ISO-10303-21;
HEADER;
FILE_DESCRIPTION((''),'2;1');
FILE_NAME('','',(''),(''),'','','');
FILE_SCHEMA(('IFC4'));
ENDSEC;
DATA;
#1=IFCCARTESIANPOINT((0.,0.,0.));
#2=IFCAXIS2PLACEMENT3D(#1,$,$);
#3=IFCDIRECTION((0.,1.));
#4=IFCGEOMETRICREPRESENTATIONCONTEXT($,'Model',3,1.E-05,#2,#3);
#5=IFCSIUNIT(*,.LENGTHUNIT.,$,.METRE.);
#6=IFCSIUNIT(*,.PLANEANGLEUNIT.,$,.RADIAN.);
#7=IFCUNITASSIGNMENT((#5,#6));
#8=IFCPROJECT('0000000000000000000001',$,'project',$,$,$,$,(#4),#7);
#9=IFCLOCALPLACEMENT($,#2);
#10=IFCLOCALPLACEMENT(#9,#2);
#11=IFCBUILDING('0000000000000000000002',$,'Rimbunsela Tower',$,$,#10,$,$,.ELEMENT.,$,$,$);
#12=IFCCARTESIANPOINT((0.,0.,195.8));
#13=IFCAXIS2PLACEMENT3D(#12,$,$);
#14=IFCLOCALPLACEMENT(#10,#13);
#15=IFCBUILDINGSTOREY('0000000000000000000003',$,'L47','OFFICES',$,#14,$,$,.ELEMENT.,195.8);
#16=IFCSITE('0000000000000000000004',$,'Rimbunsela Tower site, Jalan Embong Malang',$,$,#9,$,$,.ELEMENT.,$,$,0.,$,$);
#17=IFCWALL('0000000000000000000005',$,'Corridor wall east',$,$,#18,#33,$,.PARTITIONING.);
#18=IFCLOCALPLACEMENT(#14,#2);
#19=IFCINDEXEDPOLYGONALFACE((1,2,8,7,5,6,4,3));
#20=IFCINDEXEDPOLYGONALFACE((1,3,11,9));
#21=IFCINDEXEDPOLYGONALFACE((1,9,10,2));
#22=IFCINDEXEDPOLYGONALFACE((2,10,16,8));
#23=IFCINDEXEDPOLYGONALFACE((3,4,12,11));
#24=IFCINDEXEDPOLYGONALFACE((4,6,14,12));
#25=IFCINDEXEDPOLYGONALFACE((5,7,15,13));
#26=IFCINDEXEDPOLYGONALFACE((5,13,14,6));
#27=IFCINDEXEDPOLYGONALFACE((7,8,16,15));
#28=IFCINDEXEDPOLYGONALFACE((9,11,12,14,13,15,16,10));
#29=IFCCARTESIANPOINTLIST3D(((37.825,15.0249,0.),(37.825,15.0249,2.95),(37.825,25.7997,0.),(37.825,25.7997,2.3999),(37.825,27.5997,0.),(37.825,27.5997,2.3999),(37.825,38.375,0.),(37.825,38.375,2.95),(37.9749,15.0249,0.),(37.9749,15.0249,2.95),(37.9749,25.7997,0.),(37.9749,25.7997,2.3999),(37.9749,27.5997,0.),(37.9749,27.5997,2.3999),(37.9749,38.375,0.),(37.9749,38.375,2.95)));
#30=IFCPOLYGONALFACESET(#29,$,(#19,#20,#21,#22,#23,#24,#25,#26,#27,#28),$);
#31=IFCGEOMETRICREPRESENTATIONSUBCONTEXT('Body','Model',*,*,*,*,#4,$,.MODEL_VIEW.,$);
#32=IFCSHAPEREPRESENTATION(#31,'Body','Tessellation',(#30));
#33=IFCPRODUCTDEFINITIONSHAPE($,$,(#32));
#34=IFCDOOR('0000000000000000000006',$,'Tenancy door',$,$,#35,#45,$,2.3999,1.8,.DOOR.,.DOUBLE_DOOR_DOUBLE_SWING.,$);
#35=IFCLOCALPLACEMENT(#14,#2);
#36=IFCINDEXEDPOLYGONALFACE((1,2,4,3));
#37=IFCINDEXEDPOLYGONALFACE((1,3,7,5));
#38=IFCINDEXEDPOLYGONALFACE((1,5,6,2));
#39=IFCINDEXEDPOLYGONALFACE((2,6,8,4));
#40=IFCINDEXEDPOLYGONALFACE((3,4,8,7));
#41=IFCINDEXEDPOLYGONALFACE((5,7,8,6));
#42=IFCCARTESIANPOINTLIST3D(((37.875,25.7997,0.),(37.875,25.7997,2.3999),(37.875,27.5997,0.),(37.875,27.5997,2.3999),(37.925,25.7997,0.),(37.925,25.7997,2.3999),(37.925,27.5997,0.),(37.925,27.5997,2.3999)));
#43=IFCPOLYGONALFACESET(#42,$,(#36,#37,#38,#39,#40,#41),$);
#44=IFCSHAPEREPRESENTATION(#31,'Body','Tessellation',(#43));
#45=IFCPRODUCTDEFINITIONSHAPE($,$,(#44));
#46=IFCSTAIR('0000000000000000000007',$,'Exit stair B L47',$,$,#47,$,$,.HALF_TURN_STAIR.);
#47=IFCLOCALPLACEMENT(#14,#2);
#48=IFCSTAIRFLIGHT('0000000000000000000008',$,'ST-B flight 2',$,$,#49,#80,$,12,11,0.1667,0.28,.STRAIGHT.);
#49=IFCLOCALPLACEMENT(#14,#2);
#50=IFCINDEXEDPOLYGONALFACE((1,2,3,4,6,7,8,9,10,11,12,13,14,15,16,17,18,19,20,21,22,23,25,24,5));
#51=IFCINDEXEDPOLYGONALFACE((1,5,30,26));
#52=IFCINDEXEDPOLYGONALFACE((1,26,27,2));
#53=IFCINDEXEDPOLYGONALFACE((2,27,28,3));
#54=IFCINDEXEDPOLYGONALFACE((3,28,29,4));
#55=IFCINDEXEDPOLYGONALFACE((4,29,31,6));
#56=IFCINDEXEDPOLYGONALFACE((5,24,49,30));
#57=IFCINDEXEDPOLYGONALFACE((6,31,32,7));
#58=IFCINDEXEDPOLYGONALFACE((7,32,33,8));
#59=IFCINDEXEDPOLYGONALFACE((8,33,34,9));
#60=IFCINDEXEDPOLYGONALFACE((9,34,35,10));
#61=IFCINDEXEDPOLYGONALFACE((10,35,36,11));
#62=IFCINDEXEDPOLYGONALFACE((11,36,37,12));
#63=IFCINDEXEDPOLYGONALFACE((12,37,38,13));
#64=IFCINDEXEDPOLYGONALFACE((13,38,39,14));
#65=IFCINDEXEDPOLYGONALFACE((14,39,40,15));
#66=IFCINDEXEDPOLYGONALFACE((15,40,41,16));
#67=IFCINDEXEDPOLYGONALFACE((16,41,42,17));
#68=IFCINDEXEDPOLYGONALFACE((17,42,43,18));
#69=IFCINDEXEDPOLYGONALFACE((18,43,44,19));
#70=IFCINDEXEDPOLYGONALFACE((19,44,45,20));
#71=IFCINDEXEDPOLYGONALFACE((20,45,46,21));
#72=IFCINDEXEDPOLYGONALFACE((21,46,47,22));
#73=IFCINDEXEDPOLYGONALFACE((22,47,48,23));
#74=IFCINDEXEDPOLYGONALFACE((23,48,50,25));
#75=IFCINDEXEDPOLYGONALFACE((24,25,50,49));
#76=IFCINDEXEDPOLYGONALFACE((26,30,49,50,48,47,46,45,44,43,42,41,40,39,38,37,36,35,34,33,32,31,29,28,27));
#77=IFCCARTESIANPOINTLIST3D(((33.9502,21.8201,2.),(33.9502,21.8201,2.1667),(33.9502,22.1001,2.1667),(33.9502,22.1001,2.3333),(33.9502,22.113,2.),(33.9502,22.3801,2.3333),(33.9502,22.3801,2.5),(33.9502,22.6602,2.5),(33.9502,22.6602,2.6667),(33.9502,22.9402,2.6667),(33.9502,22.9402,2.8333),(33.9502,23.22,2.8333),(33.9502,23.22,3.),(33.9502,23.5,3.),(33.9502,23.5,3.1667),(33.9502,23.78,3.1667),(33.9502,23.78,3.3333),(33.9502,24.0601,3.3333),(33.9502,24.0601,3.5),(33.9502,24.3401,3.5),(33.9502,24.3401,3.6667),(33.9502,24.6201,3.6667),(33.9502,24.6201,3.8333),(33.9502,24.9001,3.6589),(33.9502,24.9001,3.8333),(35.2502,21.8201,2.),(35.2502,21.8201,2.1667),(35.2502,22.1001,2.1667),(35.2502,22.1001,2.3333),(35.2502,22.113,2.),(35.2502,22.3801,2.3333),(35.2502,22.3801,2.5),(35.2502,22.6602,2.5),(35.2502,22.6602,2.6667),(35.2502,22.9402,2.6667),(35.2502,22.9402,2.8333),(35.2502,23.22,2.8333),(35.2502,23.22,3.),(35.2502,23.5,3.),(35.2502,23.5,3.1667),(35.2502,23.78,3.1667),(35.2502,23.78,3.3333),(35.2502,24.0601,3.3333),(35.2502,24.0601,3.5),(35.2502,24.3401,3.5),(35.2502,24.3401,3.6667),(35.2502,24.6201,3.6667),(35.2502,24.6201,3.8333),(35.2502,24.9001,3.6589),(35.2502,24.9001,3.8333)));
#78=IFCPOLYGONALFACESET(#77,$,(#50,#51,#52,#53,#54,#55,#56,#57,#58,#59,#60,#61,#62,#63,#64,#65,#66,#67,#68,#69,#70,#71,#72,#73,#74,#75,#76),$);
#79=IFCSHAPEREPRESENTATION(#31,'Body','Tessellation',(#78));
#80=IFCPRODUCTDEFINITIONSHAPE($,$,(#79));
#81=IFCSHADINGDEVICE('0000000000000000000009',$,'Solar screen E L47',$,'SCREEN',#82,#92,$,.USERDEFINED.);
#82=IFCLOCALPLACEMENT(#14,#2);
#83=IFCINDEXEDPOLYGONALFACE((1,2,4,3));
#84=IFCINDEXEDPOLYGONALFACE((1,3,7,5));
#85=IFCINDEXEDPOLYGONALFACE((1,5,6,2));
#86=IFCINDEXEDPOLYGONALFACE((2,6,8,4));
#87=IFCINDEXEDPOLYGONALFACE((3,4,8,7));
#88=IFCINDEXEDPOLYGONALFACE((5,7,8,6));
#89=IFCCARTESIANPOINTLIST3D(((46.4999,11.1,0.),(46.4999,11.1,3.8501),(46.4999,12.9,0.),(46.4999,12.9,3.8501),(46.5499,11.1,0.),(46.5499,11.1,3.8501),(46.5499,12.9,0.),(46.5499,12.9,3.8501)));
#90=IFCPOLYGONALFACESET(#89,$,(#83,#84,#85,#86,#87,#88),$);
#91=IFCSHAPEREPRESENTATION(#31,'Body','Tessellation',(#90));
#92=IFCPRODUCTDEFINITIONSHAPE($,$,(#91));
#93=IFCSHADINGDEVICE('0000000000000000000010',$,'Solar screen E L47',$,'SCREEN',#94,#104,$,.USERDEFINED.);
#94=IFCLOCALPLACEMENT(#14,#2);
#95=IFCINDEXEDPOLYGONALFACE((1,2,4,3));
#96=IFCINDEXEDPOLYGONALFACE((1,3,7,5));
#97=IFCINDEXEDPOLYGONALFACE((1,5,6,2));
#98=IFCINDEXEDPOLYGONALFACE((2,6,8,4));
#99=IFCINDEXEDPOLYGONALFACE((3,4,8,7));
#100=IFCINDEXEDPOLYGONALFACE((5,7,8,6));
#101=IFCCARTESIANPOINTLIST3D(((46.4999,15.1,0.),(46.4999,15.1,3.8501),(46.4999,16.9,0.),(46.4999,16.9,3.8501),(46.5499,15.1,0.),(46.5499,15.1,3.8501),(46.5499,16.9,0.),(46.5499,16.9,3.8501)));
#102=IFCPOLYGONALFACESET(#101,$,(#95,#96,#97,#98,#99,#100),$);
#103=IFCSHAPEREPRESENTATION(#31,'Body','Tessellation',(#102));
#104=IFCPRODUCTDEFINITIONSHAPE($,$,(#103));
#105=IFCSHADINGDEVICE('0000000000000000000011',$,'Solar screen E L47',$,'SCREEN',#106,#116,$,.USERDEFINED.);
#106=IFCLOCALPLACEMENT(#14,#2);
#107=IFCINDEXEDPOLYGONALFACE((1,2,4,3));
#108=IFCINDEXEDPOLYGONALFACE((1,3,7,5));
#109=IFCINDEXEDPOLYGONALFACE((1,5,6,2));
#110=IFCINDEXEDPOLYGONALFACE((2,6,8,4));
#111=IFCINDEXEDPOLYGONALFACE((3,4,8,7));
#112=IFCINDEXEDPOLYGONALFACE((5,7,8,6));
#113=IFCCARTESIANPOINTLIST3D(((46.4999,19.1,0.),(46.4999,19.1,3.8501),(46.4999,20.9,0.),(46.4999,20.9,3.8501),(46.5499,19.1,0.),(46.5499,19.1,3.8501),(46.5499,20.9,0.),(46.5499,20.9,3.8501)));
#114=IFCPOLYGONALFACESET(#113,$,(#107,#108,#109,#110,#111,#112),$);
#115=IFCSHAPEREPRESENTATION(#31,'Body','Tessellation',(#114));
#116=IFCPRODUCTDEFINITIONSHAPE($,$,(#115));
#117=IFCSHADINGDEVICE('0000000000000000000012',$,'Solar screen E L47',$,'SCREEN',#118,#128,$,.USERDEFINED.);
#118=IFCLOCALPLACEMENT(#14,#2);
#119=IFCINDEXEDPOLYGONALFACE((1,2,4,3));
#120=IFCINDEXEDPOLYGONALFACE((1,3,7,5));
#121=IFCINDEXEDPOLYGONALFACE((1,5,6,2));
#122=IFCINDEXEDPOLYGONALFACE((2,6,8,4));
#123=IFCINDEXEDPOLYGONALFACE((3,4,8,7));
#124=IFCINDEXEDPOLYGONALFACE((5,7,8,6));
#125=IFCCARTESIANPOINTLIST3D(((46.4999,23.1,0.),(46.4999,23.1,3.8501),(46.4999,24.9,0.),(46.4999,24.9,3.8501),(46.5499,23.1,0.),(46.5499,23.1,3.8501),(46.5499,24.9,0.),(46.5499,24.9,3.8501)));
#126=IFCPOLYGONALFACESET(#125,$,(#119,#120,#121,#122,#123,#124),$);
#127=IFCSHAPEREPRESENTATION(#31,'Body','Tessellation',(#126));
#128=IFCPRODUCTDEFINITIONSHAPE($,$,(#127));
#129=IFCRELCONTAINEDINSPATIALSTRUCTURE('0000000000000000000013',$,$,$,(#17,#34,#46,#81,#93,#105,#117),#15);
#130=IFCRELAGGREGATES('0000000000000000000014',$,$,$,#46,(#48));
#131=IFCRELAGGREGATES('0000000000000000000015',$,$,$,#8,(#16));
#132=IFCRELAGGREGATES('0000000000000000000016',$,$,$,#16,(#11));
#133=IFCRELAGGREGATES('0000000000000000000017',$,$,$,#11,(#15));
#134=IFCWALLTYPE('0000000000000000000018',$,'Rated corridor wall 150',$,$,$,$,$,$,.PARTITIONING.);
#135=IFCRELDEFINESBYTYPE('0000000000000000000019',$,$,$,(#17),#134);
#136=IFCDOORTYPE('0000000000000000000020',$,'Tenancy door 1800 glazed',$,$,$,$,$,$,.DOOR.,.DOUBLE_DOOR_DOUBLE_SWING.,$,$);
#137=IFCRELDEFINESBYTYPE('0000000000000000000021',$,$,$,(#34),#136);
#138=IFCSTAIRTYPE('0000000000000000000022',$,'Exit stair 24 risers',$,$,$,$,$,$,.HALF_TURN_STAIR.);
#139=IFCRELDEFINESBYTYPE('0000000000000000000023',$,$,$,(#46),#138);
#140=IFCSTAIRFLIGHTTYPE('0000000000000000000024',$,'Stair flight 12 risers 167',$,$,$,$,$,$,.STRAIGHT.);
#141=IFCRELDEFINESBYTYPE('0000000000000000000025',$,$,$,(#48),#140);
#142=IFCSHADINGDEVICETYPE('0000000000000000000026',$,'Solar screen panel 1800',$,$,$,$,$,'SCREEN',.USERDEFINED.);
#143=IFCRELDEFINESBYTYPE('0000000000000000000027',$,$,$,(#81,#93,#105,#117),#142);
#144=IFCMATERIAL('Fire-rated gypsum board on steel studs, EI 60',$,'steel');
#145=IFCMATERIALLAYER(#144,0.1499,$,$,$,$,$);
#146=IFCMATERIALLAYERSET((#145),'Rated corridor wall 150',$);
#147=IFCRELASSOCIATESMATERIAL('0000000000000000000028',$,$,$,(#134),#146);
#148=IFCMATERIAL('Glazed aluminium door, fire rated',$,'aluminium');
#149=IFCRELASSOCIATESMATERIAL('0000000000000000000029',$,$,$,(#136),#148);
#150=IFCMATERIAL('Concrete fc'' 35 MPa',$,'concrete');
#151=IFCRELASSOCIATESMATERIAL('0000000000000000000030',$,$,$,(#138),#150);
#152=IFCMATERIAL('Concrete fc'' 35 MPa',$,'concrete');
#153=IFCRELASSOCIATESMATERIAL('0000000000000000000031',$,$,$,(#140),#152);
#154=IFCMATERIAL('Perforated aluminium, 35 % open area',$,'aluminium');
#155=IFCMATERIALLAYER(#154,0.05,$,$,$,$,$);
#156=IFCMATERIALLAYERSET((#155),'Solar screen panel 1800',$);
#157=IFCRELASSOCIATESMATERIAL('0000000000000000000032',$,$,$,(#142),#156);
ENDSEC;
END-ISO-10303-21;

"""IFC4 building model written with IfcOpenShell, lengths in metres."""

from ifc_helpers import new_model, si_unit, direction, frame, frame_2d, origin, origin_2d, place, context, subcontext, project, spatial, polyline, rectangle, outline, extrude, material, layer, layer_set, type_object, element, fill, aggregate, save


model = new_model("IFC4")

# Units and contexts
model_context = context("Model", 3, precision=1e-05, world=origin(), true_north=direction((0.0, 1.0)))
body_context = subcontext(model_context, "Body", "Model", "MODEL_VIEW")
ifc_project = project(units=[si_unit("LENGTHUNIT", "METRE"), si_unit("PLANEANGLEUNIT", "RADIAN")], contexts=[model_context])

# Site, building, storey
site_placement = place(None, origin())
site = spatial("IfcSite", under=ifc_project, at=site_placement, Name="Rimbunsela Tower site, Jalan Embong Malang", CompositionType="ELEMENT", RefElevation=0.0)
building_placement = place(site_placement, origin())
building = spatial("IfcBuilding", under=site, at=building_placement, Name="Rimbunsela Tower", CompositionType="ELEMENT")
storey_placement = place(building_placement, frame((0.0, 0.0, 195.8)))
storey = spatial("IfcBuildingStorey", under=building, at=storey_placement, Name="L47", Description="OFFICES", CompositionType="ELEMENT", Elevation=195.8)

# Wall, opening, door
ifc_material_1 = material(Name="Fire-rated gypsum board on steel studs, EI 60", Category="steel")
ifc_layer_1 = layer(ifc_material_1, 0.1499)
ifc_layer_set_1 = layer_set([ifc_layer_1], Name="Rated corridor wall 150")
wall_type_1 = type_object("IfcWallType", Name="Rated corridor wall 150", PredefinedType="PARTITIONING", material=ifc_layer_set_1)
wall_1_placement = place(storey_placement, frame((37.8999, 15.0249, 0.0), z_axis=(0.0, 0.0, 1.0), x_axis=(0.0, 1.0, 0.0)))
wall_1 = element("IfcWall", 1, at=wall_1_placement, inside=storey, type_object=wall_type_1, Name="Corridor wall east", PredefinedType="PARTITIONING", context=body_context, shape_type="SweptSolid", body=[
    extrude(rectangle(XDim=23.3501, YDim=0.1499, at=frame_2d((11.675, 0.0))), origin(), (0.0, 0.0, 1.0), 2.95),
])
opening_1_placement = place(wall_1_placement, frame((10.7749, 0.0, 0.0)))
opening_1 = element("IfcOpeningElement", 2, at=opening_1_placement, cuts=wall_1, PredefinedType="OPENING", context=body_context, shape_type="SweptSolid", body=[
    extrude(rectangle(XDim=1.8, YDim=2.3999, at=frame_2d((0.8999, 1.2))), frame((0.0, 0.085, 0.0), z_axis=(0.0, -1.0, 0.0), x_axis=(1.0, 0.0, 0.0)), (0.0, 0.0, 1.0), 0.1699),
])
ifc_material_2 = material(Name="Glazed aluminium door, fire rated", Category="aluminium")
door_type_1 = type_object("IfcDoorType", Name="Tenancy door 1800 glazed", OperationType="DOUBLE_DOOR_DOUBLE_SWING", PredefinedType="DOOR", material=ifc_material_2)
door_1_placement = place(opening_1_placement, origin())
door_1 = element("IfcDoor", 3, at=door_1_placement, inside=storey, type_object=door_type_1, Name="Tenancy door", OperationType="DOUBLE_DOOR_DOUBLE_SWING", OverallHeight=2.3999, OverallWidth=1.8, PredefinedType="DOOR", context=body_context, shape_type="SweptSolid", body=[
    extrude(rectangle(XDim=1.8, YDim=2.3999, at=frame_2d((0.8999, 1.2))), frame((0.0, 0.0249, 0.0), z_axis=(0.0, -1.0, 0.0), x_axis=(1.0, 0.0, 0.0)), (0.0, 0.0, 1.0), 0.05),
])
fill(opening_1, door_1)

# Stair, stair flight
ifc_material_3 = material(Name="Concrete fc' 35 MPa", Category="concrete")
stair_type = type_object("IfcStairType", Name="Exit stair 24 risers", PredefinedType="HALF_TURN_STAIR", material=ifc_material_3)
stair_placement = place(storey_placement, origin())
stair = element("IfcStair", 4, at=stair_placement, inside=storey, type_object=stair_type, Name="Exit stair B L47", PredefinedType="HALF_TURN_STAIR")
ifc_material_4 = material(Name="Concrete fc' 35 MPa", Category="concrete")
stair_flight_type = type_object("IfcStairFlightType", Name="Stair flight 12 risers 167", PredefinedType="STRAIGHT", material=ifc_material_4)
stair_flight_placement = place(storey_placement, frame((34.6001, 21.8201, 2.0), z_axis=(0.0, 0.0, 1.0), x_axis=(0.0, 1.0, 0.0)))
stair_flight = element("IfcStairFlight", 5, at=stair_flight_placement, type_object=stair_flight_type, Name="ST-B flight 2", NumberOfRisers=12, NumberOfTreads=11, PredefinedType="STRAIGHT", RiserHeight=0.1667, TreadLength=0.28, context=body_context, shape_type="SweptSolid", body=[
    extrude(outline(polyline([(0.0, 0.0), (0.0, 0.1667), (0.28, 0.1667), (0.28, 0.3333), (0.5601, 0.3333), (0.5601, 0.5), (0.8401, 0.5), (0.8401, 0.6667), (1.1201, 0.6667), (1.1201, 0.8333), (1.3999, 0.8333), (1.3999, 1.0), (1.6799, 1.0), (1.6799, 1.1667), (1.96, 1.1667), (1.96, 1.3333), (2.24, 1.3333), (2.24, 1.5), (2.52, 1.5), (2.52, 1.6667), (2.8, 1.6667), (2.8, 1.8333), (3.0801, 1.8333), (3.0801, 2.0), (3.0801, 1.6589), (0.293, 0.0), (0.0, 0.0)])), frame((0.0, 0.6499, 0.0), z_axis=(0.0, -1.0, 0.0), x_axis=(1.0, 0.0, 0.0)), (0.0, 0.0, 1.0), 1.3),
])
aggregate(stair, [stair_flight])

# Shading devices
ifc_material_5 = material(Name="Perforated aluminium, 35 % open area", Category="aluminium")
ifc_layer_2 = layer(ifc_material_5, 0.05)
ifc_layer_set_2 = layer_set([ifc_layer_2], Name="Solar screen panel 1800")
shading_device_type = type_object("IfcShadingDeviceType", Name="Solar screen panel 1800", ElementType="SCREEN", PredefinedType="USERDEFINED", material=ifc_layer_set_2)
for number, where, z_axis, x_axis, name in (
    (6, (46.5249, 12.0, 0.0), (0.0, 0.0, 1.0), (0.0, 1.0, 0.0), "Solar screen E L47"),
    (7, (46.5249, 16.0, 0.0), (0.0, 0.0, 1.0), (0.0, 1.0, 0.0), "Solar screen E L47"),
    (8, (46.5249, 20.0, 0.0), (0.0, 0.0, 1.0), (0.0, 1.0, 0.0), "Solar screen E L47"),
    (9, (46.5249, 24.0, 0.0), (0.0, 0.0, 1.0), (0.0, 1.0, 0.0), "Solar screen E L47"),
):
    element("IfcShadingDevice", number, at=place(storey_placement, frame(where, z_axis=z_axis, x_axis=x_axis)), inside=storey, type_object=shading_device_type, Name=name, ObjectType="SCREEN", PredefinedType="USERDEFINED", context=body_context, shape_type="SweptSolid", body=[
        extrude(rectangle(XDim=1.8, YDim=0.05, at=origin_2d()), origin(), (0.0, 0.0, 1.0), 3.8501),
    ])

save(model, "model.ifc")
